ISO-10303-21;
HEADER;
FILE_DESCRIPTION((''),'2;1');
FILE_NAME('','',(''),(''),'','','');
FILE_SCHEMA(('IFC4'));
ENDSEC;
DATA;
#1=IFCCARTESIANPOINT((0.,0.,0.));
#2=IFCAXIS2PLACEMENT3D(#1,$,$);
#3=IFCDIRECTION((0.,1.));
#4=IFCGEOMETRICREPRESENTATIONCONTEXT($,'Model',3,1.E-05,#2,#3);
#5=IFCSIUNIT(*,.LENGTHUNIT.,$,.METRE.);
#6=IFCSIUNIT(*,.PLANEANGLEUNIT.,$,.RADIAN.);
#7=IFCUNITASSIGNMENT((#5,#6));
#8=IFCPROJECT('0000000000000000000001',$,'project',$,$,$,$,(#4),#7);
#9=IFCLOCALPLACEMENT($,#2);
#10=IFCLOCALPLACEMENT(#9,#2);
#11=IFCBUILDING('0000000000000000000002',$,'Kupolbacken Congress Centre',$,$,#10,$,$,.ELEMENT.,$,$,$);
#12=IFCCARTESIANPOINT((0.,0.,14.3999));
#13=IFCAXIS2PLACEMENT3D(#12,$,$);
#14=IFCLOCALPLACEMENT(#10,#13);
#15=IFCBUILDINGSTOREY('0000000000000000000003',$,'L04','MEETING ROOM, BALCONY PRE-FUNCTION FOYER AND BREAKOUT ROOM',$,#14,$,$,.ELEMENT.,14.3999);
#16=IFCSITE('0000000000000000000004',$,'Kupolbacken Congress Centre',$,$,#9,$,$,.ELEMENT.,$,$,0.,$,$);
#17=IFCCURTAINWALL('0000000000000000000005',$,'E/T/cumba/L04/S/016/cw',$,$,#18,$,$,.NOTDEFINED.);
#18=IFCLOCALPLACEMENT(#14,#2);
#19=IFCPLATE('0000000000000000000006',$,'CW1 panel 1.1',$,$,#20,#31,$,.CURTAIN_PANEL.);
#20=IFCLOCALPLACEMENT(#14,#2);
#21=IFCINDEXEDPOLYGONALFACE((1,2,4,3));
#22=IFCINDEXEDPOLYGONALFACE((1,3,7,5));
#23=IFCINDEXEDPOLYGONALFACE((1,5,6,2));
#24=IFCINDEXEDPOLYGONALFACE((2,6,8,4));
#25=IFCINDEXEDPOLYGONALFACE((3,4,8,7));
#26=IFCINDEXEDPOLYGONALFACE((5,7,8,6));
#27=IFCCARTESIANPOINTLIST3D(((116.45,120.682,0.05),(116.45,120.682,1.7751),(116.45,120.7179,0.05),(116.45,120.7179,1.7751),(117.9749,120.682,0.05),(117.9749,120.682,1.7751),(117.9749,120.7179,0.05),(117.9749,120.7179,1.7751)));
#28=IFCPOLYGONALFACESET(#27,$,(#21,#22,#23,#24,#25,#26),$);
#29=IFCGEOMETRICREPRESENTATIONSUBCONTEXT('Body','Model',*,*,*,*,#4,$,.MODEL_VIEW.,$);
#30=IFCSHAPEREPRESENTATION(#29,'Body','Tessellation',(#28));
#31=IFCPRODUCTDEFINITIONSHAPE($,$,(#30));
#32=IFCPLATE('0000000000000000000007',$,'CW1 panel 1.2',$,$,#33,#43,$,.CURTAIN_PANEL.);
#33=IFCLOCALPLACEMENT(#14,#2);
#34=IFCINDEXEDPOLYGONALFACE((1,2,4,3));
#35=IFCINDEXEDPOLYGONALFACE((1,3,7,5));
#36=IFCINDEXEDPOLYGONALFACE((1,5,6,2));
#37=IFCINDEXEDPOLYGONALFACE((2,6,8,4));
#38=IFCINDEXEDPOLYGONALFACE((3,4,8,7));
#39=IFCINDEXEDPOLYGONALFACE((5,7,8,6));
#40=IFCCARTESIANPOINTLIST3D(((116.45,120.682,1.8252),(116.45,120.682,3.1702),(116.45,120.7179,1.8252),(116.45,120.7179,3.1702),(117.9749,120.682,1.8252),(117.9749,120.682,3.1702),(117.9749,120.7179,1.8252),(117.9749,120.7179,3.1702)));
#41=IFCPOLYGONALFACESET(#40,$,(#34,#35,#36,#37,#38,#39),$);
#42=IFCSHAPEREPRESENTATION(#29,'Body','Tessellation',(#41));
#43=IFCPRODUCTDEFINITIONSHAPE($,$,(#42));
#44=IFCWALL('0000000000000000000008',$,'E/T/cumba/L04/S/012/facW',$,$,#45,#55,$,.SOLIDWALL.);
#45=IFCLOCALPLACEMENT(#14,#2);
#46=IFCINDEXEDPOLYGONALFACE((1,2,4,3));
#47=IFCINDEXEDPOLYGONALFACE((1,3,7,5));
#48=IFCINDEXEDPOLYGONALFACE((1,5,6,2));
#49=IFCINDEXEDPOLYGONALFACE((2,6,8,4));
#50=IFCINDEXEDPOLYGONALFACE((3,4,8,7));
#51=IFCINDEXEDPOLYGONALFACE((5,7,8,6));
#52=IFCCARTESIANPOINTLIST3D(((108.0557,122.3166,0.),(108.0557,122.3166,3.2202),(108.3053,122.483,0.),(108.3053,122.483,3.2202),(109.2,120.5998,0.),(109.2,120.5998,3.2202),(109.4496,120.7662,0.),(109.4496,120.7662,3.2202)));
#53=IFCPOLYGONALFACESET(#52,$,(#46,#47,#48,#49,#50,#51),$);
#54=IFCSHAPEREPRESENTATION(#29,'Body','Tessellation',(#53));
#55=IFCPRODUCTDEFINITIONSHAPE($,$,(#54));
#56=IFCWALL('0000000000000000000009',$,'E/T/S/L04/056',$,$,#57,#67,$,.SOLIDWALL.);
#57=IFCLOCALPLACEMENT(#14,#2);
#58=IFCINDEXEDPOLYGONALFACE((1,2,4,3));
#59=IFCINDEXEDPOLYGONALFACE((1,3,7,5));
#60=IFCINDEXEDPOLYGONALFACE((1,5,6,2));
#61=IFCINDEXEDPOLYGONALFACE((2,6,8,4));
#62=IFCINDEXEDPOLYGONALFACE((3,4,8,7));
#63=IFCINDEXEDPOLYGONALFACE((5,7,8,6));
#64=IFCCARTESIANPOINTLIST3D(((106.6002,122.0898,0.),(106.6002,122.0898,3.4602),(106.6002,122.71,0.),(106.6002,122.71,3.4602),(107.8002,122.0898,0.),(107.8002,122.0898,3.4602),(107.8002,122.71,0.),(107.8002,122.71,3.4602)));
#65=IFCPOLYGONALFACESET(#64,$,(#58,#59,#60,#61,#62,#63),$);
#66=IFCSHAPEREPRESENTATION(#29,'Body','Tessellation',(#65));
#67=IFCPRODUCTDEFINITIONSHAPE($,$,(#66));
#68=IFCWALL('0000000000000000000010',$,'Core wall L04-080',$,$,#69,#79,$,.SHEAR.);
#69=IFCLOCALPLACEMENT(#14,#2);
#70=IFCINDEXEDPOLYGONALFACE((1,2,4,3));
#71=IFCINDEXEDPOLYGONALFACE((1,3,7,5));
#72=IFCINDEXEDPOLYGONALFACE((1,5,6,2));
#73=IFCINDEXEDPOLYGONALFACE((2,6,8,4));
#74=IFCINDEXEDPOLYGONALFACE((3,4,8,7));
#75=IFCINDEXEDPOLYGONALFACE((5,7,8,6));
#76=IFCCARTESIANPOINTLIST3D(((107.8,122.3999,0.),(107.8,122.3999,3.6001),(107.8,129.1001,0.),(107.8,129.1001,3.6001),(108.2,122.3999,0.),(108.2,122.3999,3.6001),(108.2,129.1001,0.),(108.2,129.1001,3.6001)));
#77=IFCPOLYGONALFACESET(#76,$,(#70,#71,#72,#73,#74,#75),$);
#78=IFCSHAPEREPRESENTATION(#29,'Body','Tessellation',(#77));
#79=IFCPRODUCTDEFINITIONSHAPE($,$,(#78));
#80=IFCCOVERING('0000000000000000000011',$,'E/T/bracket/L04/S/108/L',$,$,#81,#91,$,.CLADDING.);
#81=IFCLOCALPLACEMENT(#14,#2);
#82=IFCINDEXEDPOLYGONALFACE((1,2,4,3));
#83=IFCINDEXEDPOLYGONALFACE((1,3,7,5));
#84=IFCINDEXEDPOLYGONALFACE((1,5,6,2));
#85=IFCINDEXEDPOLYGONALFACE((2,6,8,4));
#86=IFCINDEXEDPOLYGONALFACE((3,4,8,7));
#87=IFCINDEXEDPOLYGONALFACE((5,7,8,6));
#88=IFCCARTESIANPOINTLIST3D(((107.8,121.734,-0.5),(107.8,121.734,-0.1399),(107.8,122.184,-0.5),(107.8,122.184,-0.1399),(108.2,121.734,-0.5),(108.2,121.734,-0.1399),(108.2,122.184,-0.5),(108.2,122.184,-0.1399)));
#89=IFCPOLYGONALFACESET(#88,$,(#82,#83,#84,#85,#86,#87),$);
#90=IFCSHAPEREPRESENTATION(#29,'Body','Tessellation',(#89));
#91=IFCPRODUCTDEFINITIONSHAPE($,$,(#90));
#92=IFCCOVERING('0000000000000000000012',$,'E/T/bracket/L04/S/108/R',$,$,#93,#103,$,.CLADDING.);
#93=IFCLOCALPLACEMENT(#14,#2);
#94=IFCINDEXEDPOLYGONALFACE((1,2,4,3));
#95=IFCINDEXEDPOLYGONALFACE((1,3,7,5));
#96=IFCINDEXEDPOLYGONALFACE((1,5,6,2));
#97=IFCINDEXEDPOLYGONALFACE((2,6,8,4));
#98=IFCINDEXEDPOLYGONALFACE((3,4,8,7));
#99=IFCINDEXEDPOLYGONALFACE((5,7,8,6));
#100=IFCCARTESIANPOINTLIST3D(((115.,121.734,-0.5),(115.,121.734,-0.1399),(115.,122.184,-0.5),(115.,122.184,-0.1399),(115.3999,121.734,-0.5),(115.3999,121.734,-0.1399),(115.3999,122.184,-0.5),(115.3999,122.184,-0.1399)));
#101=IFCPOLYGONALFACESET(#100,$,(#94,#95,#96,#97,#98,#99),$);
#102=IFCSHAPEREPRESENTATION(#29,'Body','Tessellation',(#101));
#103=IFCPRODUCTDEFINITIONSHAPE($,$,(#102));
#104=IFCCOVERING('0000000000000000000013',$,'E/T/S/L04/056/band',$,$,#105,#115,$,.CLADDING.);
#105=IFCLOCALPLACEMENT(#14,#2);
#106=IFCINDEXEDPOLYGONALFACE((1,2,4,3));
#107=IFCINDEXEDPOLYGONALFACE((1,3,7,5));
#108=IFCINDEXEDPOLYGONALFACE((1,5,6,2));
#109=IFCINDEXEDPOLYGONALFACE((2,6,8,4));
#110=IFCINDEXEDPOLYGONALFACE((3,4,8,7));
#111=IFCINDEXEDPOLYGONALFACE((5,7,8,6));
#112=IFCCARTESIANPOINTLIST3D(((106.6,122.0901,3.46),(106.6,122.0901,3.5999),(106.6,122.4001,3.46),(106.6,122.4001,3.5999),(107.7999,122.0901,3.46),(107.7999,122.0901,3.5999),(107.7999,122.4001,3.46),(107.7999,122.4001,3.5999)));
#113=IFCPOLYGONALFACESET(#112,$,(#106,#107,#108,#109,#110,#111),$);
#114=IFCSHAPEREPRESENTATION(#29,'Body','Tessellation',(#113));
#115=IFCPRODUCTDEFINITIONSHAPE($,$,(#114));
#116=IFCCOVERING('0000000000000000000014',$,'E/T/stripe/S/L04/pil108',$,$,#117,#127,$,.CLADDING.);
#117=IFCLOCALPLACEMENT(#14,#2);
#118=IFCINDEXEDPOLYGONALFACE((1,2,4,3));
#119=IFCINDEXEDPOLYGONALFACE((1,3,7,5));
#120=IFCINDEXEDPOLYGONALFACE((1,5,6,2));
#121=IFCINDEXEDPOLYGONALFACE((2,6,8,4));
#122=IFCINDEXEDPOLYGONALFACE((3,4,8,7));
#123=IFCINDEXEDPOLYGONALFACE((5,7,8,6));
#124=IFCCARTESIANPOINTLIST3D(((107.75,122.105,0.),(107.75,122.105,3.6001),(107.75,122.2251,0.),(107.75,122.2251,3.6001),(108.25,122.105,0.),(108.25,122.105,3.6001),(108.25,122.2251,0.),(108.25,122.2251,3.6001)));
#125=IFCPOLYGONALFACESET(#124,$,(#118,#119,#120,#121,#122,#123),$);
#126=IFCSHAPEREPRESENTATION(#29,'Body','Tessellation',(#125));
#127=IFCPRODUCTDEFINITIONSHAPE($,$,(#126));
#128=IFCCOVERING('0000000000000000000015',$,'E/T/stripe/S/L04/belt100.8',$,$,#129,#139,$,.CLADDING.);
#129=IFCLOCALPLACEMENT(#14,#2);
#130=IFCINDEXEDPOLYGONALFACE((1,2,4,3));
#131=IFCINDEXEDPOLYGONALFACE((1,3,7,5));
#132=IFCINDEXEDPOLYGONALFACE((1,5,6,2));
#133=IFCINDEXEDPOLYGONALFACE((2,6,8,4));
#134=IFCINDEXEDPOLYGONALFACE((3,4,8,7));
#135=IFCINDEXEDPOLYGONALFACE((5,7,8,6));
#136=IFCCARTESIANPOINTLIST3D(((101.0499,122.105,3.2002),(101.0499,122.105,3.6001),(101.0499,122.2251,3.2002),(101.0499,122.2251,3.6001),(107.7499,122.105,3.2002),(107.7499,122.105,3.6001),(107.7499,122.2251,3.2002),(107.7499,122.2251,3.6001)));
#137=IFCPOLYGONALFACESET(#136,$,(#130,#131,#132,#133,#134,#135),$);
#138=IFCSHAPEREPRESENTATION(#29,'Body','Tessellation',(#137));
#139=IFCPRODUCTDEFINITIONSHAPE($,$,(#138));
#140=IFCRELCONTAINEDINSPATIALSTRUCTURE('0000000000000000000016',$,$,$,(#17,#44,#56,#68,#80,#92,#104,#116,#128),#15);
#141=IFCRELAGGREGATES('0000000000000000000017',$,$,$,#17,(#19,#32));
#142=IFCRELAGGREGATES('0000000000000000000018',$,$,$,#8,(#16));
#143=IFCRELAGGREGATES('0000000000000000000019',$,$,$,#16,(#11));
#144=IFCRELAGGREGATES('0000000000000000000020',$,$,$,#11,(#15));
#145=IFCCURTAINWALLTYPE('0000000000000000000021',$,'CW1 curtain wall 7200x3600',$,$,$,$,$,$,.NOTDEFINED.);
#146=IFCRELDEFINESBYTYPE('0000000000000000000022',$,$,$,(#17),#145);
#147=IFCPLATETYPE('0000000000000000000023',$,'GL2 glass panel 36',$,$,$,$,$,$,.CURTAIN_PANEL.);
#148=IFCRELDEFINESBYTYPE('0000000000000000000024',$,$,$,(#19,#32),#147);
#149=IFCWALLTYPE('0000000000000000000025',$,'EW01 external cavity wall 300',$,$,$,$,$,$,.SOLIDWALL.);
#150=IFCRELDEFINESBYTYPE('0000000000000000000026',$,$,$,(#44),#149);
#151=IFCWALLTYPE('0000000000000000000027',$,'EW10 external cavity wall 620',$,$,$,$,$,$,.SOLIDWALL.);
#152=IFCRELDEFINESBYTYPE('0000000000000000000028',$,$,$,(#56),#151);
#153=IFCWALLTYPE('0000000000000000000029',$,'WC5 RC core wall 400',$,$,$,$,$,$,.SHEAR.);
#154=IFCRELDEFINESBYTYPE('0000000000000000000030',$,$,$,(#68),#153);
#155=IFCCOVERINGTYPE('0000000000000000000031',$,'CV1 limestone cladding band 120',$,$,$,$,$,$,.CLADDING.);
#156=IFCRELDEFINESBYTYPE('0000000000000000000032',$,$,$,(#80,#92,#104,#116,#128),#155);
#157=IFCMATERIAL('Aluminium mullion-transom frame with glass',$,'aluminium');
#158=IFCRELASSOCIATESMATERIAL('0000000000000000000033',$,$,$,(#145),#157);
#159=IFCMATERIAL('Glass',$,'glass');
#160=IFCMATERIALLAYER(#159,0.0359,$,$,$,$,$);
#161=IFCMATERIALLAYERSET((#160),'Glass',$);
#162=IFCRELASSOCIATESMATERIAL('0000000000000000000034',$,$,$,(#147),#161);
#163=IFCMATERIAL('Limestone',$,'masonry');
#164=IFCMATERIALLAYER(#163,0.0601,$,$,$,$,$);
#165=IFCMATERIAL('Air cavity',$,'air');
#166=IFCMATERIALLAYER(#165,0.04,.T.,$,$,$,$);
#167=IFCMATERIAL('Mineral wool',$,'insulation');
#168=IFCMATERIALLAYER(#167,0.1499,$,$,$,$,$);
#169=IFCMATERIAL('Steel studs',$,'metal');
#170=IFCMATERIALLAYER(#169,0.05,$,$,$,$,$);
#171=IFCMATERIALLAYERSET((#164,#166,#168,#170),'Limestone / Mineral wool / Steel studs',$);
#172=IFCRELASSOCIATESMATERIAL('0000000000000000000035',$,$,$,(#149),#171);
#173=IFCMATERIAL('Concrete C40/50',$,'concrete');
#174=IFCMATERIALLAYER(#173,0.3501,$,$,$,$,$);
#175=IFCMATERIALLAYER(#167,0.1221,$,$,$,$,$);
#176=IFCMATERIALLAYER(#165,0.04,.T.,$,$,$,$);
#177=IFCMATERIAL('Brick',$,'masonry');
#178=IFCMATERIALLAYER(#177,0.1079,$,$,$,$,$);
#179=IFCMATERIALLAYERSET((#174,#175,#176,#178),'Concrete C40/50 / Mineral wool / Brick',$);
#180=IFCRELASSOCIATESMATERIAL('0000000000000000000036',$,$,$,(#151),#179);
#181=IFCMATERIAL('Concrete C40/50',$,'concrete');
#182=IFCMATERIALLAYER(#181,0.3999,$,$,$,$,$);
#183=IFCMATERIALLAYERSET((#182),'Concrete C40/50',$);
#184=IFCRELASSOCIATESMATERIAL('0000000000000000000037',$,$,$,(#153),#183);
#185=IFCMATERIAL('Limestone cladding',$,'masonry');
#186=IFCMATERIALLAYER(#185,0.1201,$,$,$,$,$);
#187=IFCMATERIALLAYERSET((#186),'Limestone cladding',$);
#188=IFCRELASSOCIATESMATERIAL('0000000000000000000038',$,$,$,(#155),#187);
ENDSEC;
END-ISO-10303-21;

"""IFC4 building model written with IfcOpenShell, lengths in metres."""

from ifc_helpers import new_model, si_unit, direction, frame, frame_2d, origin, origin_2d, place, context, subcontext, project, spatial, rectangle, extrude, material, layer, layer_set, type_object, element, aggregate, save


model = new_model("IFC4")

# Units and contexts
model_context = context("Model", 3, precision=1e-05, world=origin(), true_north=direction((0.0, 1.0)))
body_context = subcontext(model_context, "Body", "Model", "MODEL_VIEW")
ifc_project = project(units=[si_unit("LENGTHUNIT", "METRE"), si_unit("PLANEANGLEUNIT", "RADIAN")], contexts=[model_context])

# Site, building, storey
site_placement = place(None, origin())
site = spatial("IfcSite", under=ifc_project, at=site_placement, Name="Kupolbacken Congress Centre", CompositionType="ELEMENT", RefElevation=0.0)
building_placement = place(site_placement, origin())
building = spatial("IfcBuilding", under=site, at=building_placement, Name="Kupolbacken Congress Centre", CompositionType="ELEMENT")
storey_placement = place(building_placement, frame((0.0, 0.0, 14.3999)))
storey = spatial("IfcBuildingStorey", under=building, at=storey_placement, Name="L04", Description="MEETING ROOM, BALCONY PRE-FUNCTION FOYER AND BREAKOUT ROOM", CompositionType="ELEMENT", Elevation=14.3999)

# Shared definitions
ifc_material_1 = material(Name="Aluminium mullion-transom frame with glass", Category="aluminium")
curtain_wall_type = type_object("IfcCurtainWallType", Name="CW1 curtain wall 7200x3600", PredefinedType="NOTDEFINED", material=ifc_material_1)

# Curtain wall
curtain_wall_1_placement = place(storey_placement, origin())
curtain_wall_1 = element("IfcCurtainWall", 1, at=curtain_wall_1_placement, inside=storey, type_object=curtain_wall_type, Name="E/T/cumba/L04/S/016/cw", PredefinedType="NOTDEFINED")

# Plates
ifc_material_2 = material(Name="Glass", Category="glass")
ifc_layer_1 = layer(ifc_material_2, 0.0359)
ifc_layer_set_1 = layer_set([ifc_layer_1], Name="Glass")
plate_type = type_object("IfcPlateType", Name="GL2 glass panel 36", PredefinedType="CURTAIN_PANEL", material=ifc_layer_set_1)
plate_1_placement = place(storey_placement, frame((117.2124, 120.7, 0.05), z_axis=(0.0, 0.0, 1.0), x_axis=(1.0, 0.0, 0.0)))
plate_1 = element("IfcPlate", 2, at=plate_1_placement, type_object=plate_type, Name="CW1 panel 1.1", PredefinedType="CURTAIN_PANEL", context=body_context, shape_type="SweptSolid", body=[
    extrude(rectangle(XDim=1.5249, YDim=0.0359, at=origin_2d()), origin(), (0.0, 0.0, 1.0), 1.7251),
])
plate_2_placement = place(storey_placement, frame((117.2124, 120.7, 1.8252), z_axis=(0.0, 0.0, 1.0), x_axis=(1.0, 0.0, 0.0)))
plate_2 = element("IfcPlate", 3, at=plate_2_placement, type_object=plate_type, Name="CW1 panel 1.2", PredefinedType="CURTAIN_PANEL", context=body_context, shape_type="SweptSolid", body=[
    extrude(rectangle(XDim=1.5249, YDim=0.0359, at=origin_2d()), origin(), (0.0, 0.0, 1.0), 1.345),
])
aggregate(curtain_wall_1, [plate_1, plate_2])

# Walls
ifc_material_3 = material(Name="Limestone", Category="masonry")
ifc_layer_2 = layer(ifc_material_3, 0.0601)
ifc_material_4 = material(Name="Air cavity", Category="air")
ifc_layer_3 = layer(ifc_material_4, 0.04, ventilated=True)
ifc_material_5 = material(Name="Mineral wool", Category="insulation")
ifc_layer_4 = layer(ifc_material_5, 0.1499)
ifc_material_6 = material(Name="Steel studs", Category="metal")
ifc_layer_5 = layer(ifc_material_6, 0.05)
ifc_layer_set_2 = layer_set([ifc_layer_2, ifc_layer_3, ifc_layer_4, ifc_layer_5], Name="Limestone / Mineral wool / Steel studs")
wall_type_1 = type_object("IfcWallType", Name="EW01 external cavity wall 300", PredefinedType="SOLIDWALL", material=ifc_layer_set_2)
wall_1_placement = place(storey_placement, frame((108.1804, 122.3999, 0.0), z_axis=(0.0, 0.0, 1.0), x_axis=(0.554618, -0.832105, 0.0)))
element("IfcWall", 4, at=wall_1_placement, inside=storey, type_object=wall_type_1, Name="E/T/cumba/L04/S/012/facW", PredefinedType="SOLIDWALL", context=body_context, shape_type="SweptSolid", body=[
    extrude(rectangle(XDim=2.0632, YDim=0.3, at=frame_2d((1.0317, 0.0))), origin(), (0.0, 0.0, 1.0), 3.2202),
])
ifc_material_7 = material(Name="Concrete C40/50", Category="concrete")
ifc_layer_6 = layer(ifc_material_7, 0.3501)
ifc_layer_7 = layer(ifc_material_5, 0.1221)
ifc_layer_8 = layer(ifc_material_4, 0.04, ventilated=True)
ifc_material_8 = material(Name="Brick", Category="masonry")
ifc_layer_9 = layer(ifc_material_8, 0.1079)
ifc_layer_set_3 = layer_set([ifc_layer_6, ifc_layer_7, ifc_layer_8, ifc_layer_9], Name="Concrete C40/50 / Mineral wool / Brick")
wall_type_2 = type_object("IfcWallType", Name="EW10 external cavity wall 620", PredefinedType="SOLIDWALL", material=ifc_layer_set_3)
wall_2_placement = place(storey_placement, frame((106.6001, 122.3999, 0.0), z_axis=(0.0, 0.0, 1.0), x_axis=(1.0, 0.0, 0.0)))
element("IfcWall", 5, at=wall_2_placement, inside=storey, type_object=wall_type_2, Name="E/T/S/L04/056", PredefinedType="SOLIDWALL", context=body_context, shape_type="SweptSolid", body=[
    extrude(rectangle(XDim=1.2, YDim=0.6201, at=frame_2d((0.6001, 0.0))), origin(), (0.0, 0.0, 1.0), 3.4602),
])
ifc_material_9 = material(Name="Concrete C40/50", Category="concrete")
ifc_layer_10 = layer(ifc_material_9, 0.3999)
ifc_layer_set_4 = layer_set([ifc_layer_10], Name="Concrete C40/50")
wall_type_3 = type_object("IfcWallType", Name="WC5 RC core wall 400", PredefinedType="SHEAR", material=ifc_layer_set_4)
wall_3_placement = place(storey_placement, frame((108.0, 122.3999, 0.0), z_axis=(0.0, 0.0, 1.0), x_axis=(0.0, 1.0, 0.0)))
element("IfcWall", 6, at=wall_3_placement, inside=storey, type_object=wall_type_3, Name="Core wall L04-080", PredefinedType="SHEAR", context=body_context, shape_type="SweptSolid", body=[
    extrude(rectangle(XDim=6.7002, YDim=0.3999, at=frame_2d((3.3501, 0.0))), origin(), (0.0, 0.0, 1.0), 3.6001),
])

# Coverings
ifc_material_10 = material(Name="Limestone cladding", Category="masonry")
ifc_layer_11 = layer(ifc_material_10, 0.1201)
ifc_layer_set_5 = layer_set([ifc_layer_11], Name="Limestone cladding")
covering_type = type_object("IfcCoveringType", Name="CV1 limestone cladding band 120", PredefinedType="CLADDING", material=ifc_layer_set_5)
for number, where, z_axis, x_axis, name in (
    (7, (108.0, 121.959, -0.5), (0.0, 0.0, 1.0), (1.0, 0.0, 0.0), "E/T/bracket/L04/S/108/L"),
    (8, (115.2, 121.959, -0.5), (0.0, 0.0, 1.0), (1.0, 0.0, 0.0), "E/T/bracket/L04/S/108/R"),
):
    element("IfcCovering", number, at=place(storey_placement, frame(where, z_axis=z_axis, x_axis=x_axis)), inside=storey, type_object=covering_type, Name=name, PredefinedType="CLADDING", context=body_context, shape_type="SweptSolid", body=[
        extrude(rectangle(XDim=0.3999, YDim=0.45, at=origin_2d()), origin(), (0.0, 0.0, 1.0), 0.3601),
    ])
covering_1_placement = place(storey_placement, frame((107.2, 122.2451, 3.46), z_axis=(0.0, 0.0, 1.0), x_axis=(1.0, 0.0, 0.0)))
element("IfcCovering", 9, at=covering_1_placement, inside=storey, type_object=covering_type, Name="E/T/S/L04/056/band", PredefinedType="CLADDING", context=body_context, shape_type="SweptSolid", body=[
    extrude(rectangle(XDim=1.2, YDim=0.3101, at=origin_2d()), origin(), (0.0, 0.0, 1.0), 0.1399),
])
covering_2_placement = place(storey_placement, frame((108.0, 122.165, 0.0), z_axis=(0.0, 0.0, 1.0), x_axis=(1.0, 0.0, 0.0)))
element("IfcCovering", 10, at=covering_2_placement, inside=storey, type_object=covering_type, Name="E/T/stripe/S/L04/pil108", PredefinedType="CLADDING", context=body_context, shape_type="SweptSolid", body=[
    extrude(rectangle(XDim=0.5, YDim=0.1201, at=origin_2d()), origin(), (0.0, 0.0, 1.0), 3.6001),
])
covering_3_placement = place(storey_placement, frame((104.3999, 122.165, 3.2002), z_axis=(0.0, 0.0, 1.0), x_axis=(1.0, 0.0, 0.0)))
element("IfcCovering", 11, at=covering_3_placement, inside=storey, type_object=covering_type, Name="E/T/stripe/S/L04/belt100.8", PredefinedType="CLADDING", context=body_context, shape_type="SweptSolid", body=[
    extrude(rectangle(XDim=6.7, YDim=0.1201, at=origin_2d()), origin(), (0.0, 0.0, 1.0), 0.3999),
])

save(model, "model.ifc")
